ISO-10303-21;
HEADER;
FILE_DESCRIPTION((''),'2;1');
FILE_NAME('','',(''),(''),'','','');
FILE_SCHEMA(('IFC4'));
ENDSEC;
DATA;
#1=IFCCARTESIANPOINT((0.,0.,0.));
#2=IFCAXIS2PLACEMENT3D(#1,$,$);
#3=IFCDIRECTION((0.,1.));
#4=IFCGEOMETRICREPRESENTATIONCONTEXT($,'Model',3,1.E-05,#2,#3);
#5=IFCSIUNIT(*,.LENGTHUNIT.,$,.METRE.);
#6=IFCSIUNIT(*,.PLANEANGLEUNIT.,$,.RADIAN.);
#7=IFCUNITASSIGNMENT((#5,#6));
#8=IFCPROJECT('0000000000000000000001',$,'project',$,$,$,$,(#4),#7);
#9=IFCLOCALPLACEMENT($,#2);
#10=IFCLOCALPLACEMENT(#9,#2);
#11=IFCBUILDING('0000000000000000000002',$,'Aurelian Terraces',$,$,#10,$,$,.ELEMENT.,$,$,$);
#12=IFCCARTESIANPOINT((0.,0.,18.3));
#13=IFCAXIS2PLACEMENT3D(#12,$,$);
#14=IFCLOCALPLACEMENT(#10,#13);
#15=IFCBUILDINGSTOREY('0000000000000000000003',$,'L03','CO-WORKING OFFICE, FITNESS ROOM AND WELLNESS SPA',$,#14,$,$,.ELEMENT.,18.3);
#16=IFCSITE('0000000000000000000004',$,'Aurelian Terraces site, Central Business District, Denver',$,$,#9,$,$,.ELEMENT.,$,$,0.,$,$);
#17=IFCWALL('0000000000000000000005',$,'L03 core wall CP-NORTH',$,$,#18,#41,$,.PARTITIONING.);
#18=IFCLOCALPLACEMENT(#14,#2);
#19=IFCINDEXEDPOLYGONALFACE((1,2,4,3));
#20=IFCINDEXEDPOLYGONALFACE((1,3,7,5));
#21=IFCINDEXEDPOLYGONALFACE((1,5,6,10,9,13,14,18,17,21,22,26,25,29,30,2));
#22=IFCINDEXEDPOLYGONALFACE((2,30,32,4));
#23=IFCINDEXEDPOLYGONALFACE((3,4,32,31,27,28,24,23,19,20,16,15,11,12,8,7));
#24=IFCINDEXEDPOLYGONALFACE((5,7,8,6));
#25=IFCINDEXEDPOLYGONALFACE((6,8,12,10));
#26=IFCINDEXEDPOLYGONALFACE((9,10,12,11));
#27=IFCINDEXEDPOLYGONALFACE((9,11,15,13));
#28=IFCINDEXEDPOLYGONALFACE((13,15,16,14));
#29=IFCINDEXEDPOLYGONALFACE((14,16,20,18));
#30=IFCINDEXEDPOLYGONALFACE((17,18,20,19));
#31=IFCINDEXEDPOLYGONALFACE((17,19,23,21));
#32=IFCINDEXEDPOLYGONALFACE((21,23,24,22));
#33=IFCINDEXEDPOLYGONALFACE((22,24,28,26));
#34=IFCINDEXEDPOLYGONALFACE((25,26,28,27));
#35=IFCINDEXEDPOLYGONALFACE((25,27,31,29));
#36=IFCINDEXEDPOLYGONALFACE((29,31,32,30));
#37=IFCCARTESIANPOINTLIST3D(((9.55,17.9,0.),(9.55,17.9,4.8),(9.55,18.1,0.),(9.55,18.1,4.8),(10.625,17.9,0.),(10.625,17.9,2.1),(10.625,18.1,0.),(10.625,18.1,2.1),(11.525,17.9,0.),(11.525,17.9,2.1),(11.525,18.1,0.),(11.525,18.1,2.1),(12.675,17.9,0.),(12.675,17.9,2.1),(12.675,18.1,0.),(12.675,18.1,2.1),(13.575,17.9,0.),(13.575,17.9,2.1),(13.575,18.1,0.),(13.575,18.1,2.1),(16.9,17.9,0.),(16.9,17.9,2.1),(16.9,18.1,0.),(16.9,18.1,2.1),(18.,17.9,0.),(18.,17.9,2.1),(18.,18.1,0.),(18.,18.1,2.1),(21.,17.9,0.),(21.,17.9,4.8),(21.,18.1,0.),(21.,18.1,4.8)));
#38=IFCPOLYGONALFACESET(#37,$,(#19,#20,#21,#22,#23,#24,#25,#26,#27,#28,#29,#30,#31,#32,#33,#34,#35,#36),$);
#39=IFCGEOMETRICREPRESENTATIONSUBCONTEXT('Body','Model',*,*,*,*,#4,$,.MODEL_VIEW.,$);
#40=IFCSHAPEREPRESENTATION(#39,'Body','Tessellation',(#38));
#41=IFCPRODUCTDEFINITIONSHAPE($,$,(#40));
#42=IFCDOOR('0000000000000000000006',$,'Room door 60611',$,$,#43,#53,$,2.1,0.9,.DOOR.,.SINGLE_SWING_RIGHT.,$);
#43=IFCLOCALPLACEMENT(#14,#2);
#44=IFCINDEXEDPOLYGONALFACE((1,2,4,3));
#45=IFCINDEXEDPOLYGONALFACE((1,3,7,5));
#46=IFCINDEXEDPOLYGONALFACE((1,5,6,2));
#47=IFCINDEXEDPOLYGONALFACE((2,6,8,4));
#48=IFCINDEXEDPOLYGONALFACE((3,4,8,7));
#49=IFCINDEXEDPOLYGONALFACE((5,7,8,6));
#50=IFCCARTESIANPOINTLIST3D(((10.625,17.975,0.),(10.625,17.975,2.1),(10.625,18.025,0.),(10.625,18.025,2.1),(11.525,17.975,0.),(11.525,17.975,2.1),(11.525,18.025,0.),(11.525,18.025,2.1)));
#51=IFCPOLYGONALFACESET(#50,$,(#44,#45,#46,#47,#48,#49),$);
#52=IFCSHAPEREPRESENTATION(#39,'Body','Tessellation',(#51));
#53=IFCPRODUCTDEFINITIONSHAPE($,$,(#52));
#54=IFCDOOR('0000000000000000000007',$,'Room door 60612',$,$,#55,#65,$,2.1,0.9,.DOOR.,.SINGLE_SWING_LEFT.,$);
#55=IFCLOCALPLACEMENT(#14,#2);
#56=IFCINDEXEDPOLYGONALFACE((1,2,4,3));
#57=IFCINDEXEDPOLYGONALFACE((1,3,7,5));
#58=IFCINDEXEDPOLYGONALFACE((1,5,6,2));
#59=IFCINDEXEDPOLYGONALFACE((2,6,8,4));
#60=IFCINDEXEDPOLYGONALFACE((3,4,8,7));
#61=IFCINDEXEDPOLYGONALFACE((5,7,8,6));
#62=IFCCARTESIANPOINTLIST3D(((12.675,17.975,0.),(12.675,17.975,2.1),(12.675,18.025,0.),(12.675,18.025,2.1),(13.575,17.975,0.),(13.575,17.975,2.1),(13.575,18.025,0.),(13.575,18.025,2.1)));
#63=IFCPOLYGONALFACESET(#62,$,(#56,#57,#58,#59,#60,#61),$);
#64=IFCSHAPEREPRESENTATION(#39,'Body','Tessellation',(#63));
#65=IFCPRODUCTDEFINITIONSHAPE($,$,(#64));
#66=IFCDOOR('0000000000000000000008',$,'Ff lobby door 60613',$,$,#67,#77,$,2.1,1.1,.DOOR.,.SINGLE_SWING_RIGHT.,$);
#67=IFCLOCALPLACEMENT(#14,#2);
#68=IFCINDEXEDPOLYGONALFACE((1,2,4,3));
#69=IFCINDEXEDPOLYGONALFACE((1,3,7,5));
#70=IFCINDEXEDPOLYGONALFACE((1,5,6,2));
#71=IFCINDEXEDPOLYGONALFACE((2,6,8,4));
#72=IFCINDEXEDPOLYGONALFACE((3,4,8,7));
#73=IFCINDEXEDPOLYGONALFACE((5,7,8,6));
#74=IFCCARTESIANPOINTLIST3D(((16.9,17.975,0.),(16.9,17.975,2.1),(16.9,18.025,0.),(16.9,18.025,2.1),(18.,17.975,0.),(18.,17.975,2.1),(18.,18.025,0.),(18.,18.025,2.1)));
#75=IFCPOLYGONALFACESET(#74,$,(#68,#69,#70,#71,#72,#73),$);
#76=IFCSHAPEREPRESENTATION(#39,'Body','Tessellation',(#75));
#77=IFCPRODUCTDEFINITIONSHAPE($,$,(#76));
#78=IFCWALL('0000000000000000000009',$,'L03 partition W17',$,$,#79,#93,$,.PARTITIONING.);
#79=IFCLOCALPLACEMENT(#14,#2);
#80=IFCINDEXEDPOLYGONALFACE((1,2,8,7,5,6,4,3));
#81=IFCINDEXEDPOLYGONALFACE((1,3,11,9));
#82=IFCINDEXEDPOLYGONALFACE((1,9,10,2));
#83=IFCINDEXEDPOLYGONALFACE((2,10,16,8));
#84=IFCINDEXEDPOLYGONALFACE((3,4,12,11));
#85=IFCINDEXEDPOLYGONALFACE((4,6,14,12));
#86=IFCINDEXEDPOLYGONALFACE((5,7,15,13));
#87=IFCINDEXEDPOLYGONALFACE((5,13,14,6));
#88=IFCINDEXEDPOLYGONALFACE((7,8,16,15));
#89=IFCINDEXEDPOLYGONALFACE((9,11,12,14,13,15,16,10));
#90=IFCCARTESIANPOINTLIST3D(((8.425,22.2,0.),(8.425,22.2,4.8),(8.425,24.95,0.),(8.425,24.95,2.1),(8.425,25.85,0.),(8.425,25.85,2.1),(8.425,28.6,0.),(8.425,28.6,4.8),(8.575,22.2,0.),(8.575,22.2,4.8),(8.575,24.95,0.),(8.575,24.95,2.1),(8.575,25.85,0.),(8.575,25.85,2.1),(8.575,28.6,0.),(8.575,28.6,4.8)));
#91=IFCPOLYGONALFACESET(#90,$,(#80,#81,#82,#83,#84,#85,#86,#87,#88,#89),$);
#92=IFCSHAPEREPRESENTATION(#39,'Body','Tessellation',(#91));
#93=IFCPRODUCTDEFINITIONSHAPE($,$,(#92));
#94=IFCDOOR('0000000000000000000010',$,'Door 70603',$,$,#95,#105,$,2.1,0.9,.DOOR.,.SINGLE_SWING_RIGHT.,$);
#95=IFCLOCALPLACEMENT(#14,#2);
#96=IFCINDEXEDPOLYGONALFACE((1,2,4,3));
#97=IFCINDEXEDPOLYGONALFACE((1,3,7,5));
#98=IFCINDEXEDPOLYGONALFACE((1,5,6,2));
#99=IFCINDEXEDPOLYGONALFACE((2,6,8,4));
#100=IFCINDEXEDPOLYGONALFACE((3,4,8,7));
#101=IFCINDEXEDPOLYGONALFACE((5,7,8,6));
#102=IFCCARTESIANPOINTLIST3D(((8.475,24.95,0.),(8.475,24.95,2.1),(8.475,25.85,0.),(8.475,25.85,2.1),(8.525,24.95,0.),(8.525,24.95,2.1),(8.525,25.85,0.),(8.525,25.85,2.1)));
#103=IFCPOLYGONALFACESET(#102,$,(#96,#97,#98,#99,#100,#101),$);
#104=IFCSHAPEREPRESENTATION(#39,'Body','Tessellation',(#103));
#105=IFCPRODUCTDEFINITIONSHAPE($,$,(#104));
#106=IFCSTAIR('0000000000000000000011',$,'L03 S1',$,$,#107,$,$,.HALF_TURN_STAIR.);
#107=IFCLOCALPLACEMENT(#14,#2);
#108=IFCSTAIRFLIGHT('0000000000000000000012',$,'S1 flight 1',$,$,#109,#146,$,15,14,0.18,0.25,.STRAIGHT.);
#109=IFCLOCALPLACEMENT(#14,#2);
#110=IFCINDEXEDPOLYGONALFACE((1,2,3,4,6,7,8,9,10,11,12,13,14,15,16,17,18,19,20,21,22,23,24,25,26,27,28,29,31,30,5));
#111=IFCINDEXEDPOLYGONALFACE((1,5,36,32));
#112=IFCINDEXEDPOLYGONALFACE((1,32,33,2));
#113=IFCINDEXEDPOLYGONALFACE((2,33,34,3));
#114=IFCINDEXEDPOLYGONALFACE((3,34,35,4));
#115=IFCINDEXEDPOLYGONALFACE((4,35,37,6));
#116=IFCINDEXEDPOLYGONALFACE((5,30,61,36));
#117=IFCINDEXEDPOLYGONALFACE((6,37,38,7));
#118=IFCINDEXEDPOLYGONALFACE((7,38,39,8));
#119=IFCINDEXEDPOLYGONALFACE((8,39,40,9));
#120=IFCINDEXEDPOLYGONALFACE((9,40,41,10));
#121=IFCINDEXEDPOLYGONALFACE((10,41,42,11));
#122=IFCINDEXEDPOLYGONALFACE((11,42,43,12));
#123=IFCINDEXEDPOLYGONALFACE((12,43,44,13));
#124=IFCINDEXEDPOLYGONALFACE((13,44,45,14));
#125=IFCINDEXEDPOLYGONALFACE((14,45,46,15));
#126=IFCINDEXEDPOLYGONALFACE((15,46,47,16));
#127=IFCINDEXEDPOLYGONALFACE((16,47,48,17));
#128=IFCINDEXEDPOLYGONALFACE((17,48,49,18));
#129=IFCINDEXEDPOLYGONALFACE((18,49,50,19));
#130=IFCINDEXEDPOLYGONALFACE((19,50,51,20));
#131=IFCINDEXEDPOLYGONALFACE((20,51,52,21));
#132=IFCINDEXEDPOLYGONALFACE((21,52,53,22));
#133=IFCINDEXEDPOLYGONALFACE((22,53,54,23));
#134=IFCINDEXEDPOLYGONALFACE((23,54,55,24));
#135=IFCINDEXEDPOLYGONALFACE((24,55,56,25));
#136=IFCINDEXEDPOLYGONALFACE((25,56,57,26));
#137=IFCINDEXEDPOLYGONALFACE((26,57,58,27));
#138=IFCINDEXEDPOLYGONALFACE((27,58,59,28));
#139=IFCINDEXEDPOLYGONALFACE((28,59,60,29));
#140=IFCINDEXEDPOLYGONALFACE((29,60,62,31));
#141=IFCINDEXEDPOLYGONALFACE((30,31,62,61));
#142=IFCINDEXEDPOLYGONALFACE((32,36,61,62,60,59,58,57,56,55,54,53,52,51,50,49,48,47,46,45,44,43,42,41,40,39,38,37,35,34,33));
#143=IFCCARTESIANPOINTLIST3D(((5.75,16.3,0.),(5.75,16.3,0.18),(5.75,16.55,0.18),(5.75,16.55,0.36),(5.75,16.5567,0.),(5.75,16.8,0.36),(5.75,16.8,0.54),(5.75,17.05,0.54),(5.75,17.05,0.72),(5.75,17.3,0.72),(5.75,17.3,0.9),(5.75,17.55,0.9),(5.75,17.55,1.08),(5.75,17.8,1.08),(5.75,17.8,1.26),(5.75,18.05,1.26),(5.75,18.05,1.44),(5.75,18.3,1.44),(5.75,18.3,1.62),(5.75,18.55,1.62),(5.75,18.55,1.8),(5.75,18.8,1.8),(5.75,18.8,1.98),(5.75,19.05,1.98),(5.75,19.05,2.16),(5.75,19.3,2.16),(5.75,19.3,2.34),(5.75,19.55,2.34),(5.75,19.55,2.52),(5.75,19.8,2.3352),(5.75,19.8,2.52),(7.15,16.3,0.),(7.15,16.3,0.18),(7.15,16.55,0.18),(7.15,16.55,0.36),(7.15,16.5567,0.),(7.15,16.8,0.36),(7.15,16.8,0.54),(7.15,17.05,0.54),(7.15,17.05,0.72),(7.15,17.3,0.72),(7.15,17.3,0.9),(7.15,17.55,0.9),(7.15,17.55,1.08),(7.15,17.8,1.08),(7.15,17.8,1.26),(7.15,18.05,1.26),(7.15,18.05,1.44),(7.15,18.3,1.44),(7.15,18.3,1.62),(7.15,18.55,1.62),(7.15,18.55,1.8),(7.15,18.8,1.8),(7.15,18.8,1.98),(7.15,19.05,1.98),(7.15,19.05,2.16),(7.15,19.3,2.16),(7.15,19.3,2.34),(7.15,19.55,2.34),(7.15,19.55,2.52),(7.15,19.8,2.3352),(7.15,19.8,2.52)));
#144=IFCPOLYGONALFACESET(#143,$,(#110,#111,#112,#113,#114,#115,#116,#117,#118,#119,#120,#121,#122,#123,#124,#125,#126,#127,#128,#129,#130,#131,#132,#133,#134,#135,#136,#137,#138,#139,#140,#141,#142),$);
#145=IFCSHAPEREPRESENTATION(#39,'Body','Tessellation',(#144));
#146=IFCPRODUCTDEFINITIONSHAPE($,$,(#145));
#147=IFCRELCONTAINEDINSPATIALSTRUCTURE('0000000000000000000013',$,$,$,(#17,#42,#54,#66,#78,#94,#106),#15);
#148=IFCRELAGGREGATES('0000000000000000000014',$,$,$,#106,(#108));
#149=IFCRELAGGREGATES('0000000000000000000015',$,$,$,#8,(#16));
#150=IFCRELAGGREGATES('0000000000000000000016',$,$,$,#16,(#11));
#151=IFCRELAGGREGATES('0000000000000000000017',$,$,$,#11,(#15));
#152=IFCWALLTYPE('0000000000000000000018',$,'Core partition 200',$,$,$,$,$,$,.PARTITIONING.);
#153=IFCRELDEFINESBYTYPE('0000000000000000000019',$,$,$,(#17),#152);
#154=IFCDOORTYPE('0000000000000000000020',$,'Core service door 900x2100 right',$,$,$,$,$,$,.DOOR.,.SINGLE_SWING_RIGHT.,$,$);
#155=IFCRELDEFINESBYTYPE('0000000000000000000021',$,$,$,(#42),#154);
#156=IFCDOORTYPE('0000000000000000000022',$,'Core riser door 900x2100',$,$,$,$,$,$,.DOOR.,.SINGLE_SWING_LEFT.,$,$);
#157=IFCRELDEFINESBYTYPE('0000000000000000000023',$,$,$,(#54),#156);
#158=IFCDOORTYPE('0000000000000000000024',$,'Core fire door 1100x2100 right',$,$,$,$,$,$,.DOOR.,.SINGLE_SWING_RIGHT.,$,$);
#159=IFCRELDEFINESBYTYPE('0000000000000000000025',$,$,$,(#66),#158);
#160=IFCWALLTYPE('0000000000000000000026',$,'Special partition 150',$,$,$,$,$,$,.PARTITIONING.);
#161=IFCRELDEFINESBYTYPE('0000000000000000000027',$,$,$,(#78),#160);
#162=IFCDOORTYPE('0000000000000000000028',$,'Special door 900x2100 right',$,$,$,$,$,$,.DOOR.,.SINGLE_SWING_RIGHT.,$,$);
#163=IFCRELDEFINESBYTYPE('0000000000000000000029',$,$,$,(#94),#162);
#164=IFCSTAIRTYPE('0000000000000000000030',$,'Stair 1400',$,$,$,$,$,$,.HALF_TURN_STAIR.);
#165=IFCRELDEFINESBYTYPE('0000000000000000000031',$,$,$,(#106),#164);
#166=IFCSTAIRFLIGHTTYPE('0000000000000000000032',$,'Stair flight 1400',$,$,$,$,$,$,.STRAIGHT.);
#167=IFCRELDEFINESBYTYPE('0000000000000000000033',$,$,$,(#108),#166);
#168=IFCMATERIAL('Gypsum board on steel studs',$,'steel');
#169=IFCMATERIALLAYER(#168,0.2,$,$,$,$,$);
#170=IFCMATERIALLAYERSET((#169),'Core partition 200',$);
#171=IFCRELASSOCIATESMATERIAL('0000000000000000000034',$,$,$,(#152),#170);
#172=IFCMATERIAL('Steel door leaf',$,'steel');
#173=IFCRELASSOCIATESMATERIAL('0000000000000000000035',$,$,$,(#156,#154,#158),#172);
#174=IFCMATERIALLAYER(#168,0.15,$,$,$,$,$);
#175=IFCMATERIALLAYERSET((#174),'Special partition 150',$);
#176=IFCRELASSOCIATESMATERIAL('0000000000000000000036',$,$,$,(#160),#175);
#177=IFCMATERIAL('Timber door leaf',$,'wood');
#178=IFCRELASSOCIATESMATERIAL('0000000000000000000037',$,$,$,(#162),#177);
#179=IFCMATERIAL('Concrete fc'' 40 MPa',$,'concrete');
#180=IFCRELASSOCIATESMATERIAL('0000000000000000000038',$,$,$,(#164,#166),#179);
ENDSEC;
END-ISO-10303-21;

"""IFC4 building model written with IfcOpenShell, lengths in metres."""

from ifc_helpers import new_model, si_unit, direction, frame, frame_2d, origin, place, context, subcontext, project, spatial, polyline, rectangle, outline, extrude, source, transform, mapped, material, layer, layer_set, type_object, element, fill, aggregate, save


model = new_model("IFC4")

# Units and contexts
model_context = context("Model", 3, precision=1e-05, world=origin(), true_north=direction((0.0, 1.0)))
body_context = subcontext(model_context, "Body", "Model", "MODEL_VIEW")
ifc_project = project(units=[si_unit("LENGTHUNIT", "METRE"), si_unit("PLANEANGLEUNIT", "RADIAN")], contexts=[model_context])

# Site, building, storey
site_placement = place(None, origin())
site = spatial("IfcSite", under=ifc_project, at=site_placement, Name="Aurelian Terraces site, Central Business District, Denver", CompositionType="ELEMENT", RefElevation=0.0)
building_placement = place(site_placement, origin())
building = spatial("IfcBuilding", under=site, at=building_placement, Name="Aurelian Terraces", CompositionType="ELEMENT")
storey_placement = place(building_placement, frame((0.0, 0.0, 18.3)))
storey = spatial("IfcBuildingStorey", under=building, at=storey_placement, Name="L03", Description="CO-WORKING OFFICE, FITNESS ROOM AND WELLNESS SPA", CompositionType="ELEMENT", Elevation=18.3)

# Shared definitions
ifc_material_1 = material(Name="Steel door leaf", Category="steel")

# Shared definitions
ifc_material_2 = material(Name="Concrete fc' 40 MPa", Category="concrete")

# Shared definitions
ifc_material_3 = material(Name="Gypsum board on steel studs", Category="steel")
ifc_layer_1 = layer(ifc_material_3, 0.2)
ifc_layer_set_1 = layer_set([ifc_layer_1], Name="Core partition 200")
wall_type_1 = type_object("IfcWallType", Name="Core partition 200", PredefinedType="PARTITIONING", material=ifc_layer_set_1)
shared_shape_1 = source(origin(), body_context, "Body", "SweptSolid", [
    extrude(rectangle(XDim=0.9, YDim=2.1, at=frame_2d((0.45, 1.05))), frame((0.0, 0.11, 0.0), z_axis=(0.0, -1.0, 0.0), x_axis=(1.0, 0.0, 0.0)), (0.0, 0.0, 1.0), 0.22),
])
door_type_1 = type_object("IfcDoorType", Name="Core riser door 900x2100", OperationType="SINGLE_SWING_LEFT", PredefinedType="DOOR", material=ifc_material_1)
shared_shape_2 = source(origin(), body_context, "Body", "SweptSolid", [
    extrude(rectangle(XDim=0.9, YDim=2.1, at=frame_2d((0.45, 1.05))), frame((0.0, 0.025, 0.0), z_axis=(0.0, -1.0, 0.0), x_axis=(1.0, 0.0, 0.0)), (0.0, 0.0, 1.0), 0.05),
])

# Shared definitions
shared_shape_3 = source(origin(), body_context, "Body", "SweptSolid", [
    extrude(rectangle(XDim=1.1, YDim=2.1, at=frame_2d((0.55, 1.05))), frame((0.0, 0.025, 0.0), z_axis=(0.0, -1.0, 0.0), x_axis=(1.0, 0.0, 0.0)), (0.0, 0.0, 1.0), 0.05),
])

# Wall, openings, doors
shared_shape_4 = source(origin(), body_context, "Body", "SweptSolid", [
    extrude(rectangle(XDim=11.45, YDim=0.2, at=frame_2d((5.725, 0.0))), origin(), (0.0, 0.0, 1.0), 4.8),
])
wall_1_placement = place(storey_placement, frame((9.55, 18.0, 0.0), z_axis=(0.0, 0.0, 1.0), x_axis=(1.0, 0.0, 0.0)))
wall_1 = element("IfcWall", 1, at=wall_1_placement, inside=storey, type_object=wall_type_1, Name="L03 core wall CP-NORTH", PredefinedType="PARTITIONING", context=body_context, shape_type="MappedRepresentation", body=[
    mapped(shared_shape_4, transform((0.0, 0.0, 0.0), scale=1.0)),
])
opening_1_placement = place(wall_1_placement, frame((1.075, 0.0, 0.0)))
opening_1 = element("IfcOpeningElement", 2, at=opening_1_placement, cuts=wall_1, PredefinedType="OPENING", context=body_context, shape_type="MappedRepresentation", body=[
    mapped(shared_shape_1, transform((0.0, 0.0, 0.0), scale=1.0)),
])
opening_2_placement = place(wall_1_placement, frame((3.125, 0.0, 0.0)))
opening_2 = element("IfcOpeningElement", 3, at=opening_2_placement, cuts=wall_1, PredefinedType="OPENING", context=body_context, shape_type="MappedRepresentation", body=[
    mapped(shared_shape_1, transform((0.0, 0.0, 0.0), scale=1.0)),
])
shared_shape_5 = source(origin(), body_context, "Body", "SweptSolid", [
    extrude(rectangle(XDim=1.1, YDim=2.1, at=frame_2d((0.55, 1.05))), frame((0.0, 0.11, 0.0), z_axis=(0.0, -1.0, 0.0), x_axis=(1.0, 0.0, 0.0)), (0.0, 0.0, 1.0), 0.22),
])
opening_3_placement = place(wall_1_placement, frame((7.35, 0.0, 0.0)))
opening_3 = element("IfcOpeningElement", 4, at=opening_3_placement, cuts=wall_1, PredefinedType="OPENING", context=body_context, shape_type="MappedRepresentation", body=[
    mapped(shared_shape_5, transform((0.0, 0.0, 0.0), scale=1.0)),
])
door_type_2 = type_object("IfcDoorType", Name="Core service door 900x2100 right", OperationType="SINGLE_SWING_RIGHT", PredefinedType="DOOR", material=ifc_material_1)
door_1_placement = place(opening_1_placement, origin())
door_1 = element("IfcDoor", 5, at=door_1_placement, inside=storey, type_object=door_type_2, Name="Room door 60611", OperationType="SINGLE_SWING_RIGHT", OverallHeight=2.1, OverallWidth=0.9, PredefinedType="DOOR", context=body_context, shape_type="MappedRepresentation", body=[
    mapped(shared_shape_2, transform((0.0, 0.0, 0.0), scale=1.0)),
])
fill(opening_1, door_1)
door_2_placement = place(opening_2_placement, origin())
door_2 = element("IfcDoor", 6, at=door_2_placement, inside=storey, type_object=door_type_1, Name="Room door 60612", OperationType="SINGLE_SWING_LEFT", OverallHeight=2.1, OverallWidth=0.9, PredefinedType="DOOR", context=body_context, shape_type="MappedRepresentation", body=[
    mapped(shared_shape_2, transform((0.0, 0.0, 0.0), scale=1.0)),
])
fill(opening_2, door_2)
door_type_3 = type_object("IfcDoorType", Name="Core fire door 1100x2100 right", OperationType="SINGLE_SWING_RIGHT", PredefinedType="DOOR", material=ifc_material_1)
door_3_placement = place(opening_3_placement, origin())
door_3 = element("IfcDoor", 7, at=door_3_placement, inside=storey, type_object=door_type_3, Name="Ff lobby door 60613", OperationType="SINGLE_SWING_RIGHT", OverallHeight=2.1, OverallWidth=1.1, PredefinedType="DOOR", context=body_context, shape_type="MappedRepresentation", body=[
    mapped(shared_shape_3, transform((0.0, 0.0, 0.0), scale=1.0)),
])
fill(opening_3, door_3)

# Wall, opening, door
ifc_layer_2 = layer(ifc_material_3, 0.15)
ifc_layer_set_2 = layer_set([ifc_layer_2], Name="Special partition 150")
wall_type_2 = type_object("IfcWallType", Name="Special partition 150", PredefinedType="PARTITIONING", material=ifc_layer_set_2)
shared_shape_6 = source(origin(), body_context, "Body", "SweptSolid", [
    extrude(rectangle(XDim=6.4, YDim=0.15, at=frame_2d((3.2, 0.0))), origin(), (0.0, 0.0, 1.0), 4.8),
])
wall_2_placement = place(storey_placement, frame((8.5, 22.2, 0.0), z_axis=(0.0, 0.0, 1.0), x_axis=(0.0, 1.0, 0.0)))
wall_2 = element("IfcWall", 8, at=wall_2_placement, inside=storey, type_object=wall_type_2, Name="L03 partition W17", PredefinedType="PARTITIONING", context=body_context, shape_type="MappedRepresentation", body=[
    mapped(shared_shape_6, transform((0.0, 0.0, 0.0), scale=1.0)),
])
shared_shape_7 = source(origin(), body_context, "Body", "SweptSolid", [
    extrude(rectangle(XDim=0.9, YDim=2.1, at=frame_2d((0.45, 1.05))), frame((0.0, 0.085, 0.0), z_axis=(0.0, -1.0, 0.0), x_axis=(1.0, 0.0, 0.0)), (0.0, 0.0, 1.0), 0.17),
])
opening_4_placement = place(wall_2_placement, frame((2.75, 0.0, 0.0)))
opening_4 = element("IfcOpeningElement", 9, at=opening_4_placement, cuts=wall_2, PredefinedType="OPENING", context=body_context, shape_type="MappedRepresentation", body=[
    mapped(shared_shape_7, transform((0.0, 0.0, 0.0), scale=1.0)),
])
ifc_material_4 = material(Name="Timber door leaf", Category="wood")
door_type_4 = type_object("IfcDoorType", Name="Special door 900x2100 right", OperationType="SINGLE_SWING_RIGHT", PredefinedType="DOOR", material=ifc_material_4)
door_4_placement = place(opening_4_placement, origin())
door_4 = element("IfcDoor", 10, at=door_4_placement, inside=storey, type_object=door_type_4, Name="Door 70603", OperationType="SINGLE_SWING_RIGHT", OverallHeight=2.1, OverallWidth=0.9, PredefinedType="DOOR", context=body_context, shape_type="MappedRepresentation", body=[
    mapped(shared_shape_2, transform((0.0, 0.0, 0.0), scale=1.0)),
])
fill(opening_4, door_4)

# Stair, stair flight
stair_type = type_object("IfcStairType", Name="Stair 1400", PredefinedType="HALF_TURN_STAIR", material=ifc_material_2)
stair_placement = place(storey_placement, origin())
stair = element("IfcStair", 11, at=stair_placement, inside=storey, type_object=stair_type, Name="L03 S1", PredefinedType="HALF_TURN_STAIR")
stair_flight_type = type_object("IfcStairFlightType", Name="Stair flight 1400", PredefinedType="STRAIGHT", material=ifc_material_2)
shared_shape_8 = source(origin(), body_context, "Body", "SweptSolid", [
    extrude(outline(polyline([(0.0, 0.0), (0.0, 0.18), (0.25, 0.18), (0.25, 0.36), (0.5, 0.36), (0.5, 0.54), (0.75, 0.54), (0.75, 0.72), (1.0, 0.72), (1.0, 0.9), (1.25, 0.9), (1.25, 1.08), (1.5, 1.08), (1.5, 1.26), (1.75, 1.26), (1.75, 1.44), (2.0, 1.44), (2.0, 1.62), (2.25, 1.62), (2.25, 1.8), (2.5, 1.8), (2.5, 1.98), (2.75, 1.98), (2.75, 2.16), (3.0, 2.16), (3.0, 2.34), (3.25, 2.34), (3.25, 2.52), (3.5, 2.52), (3.5, 2.7), (3.5, 2.3352), (0.2567, 0.0), (0.0, 0.0)])), frame((0.0, 0.7, 0.0), z_axis=(0.0, -1.0, 0.0), x_axis=(1.0, 0.0, 0.0)), (0.0, 0.0, 1.0), 1.4),
])
stair_flight_1_placement = place(storey_placement, frame((6.45, 16.3, 0.0), z_axis=(0.0, 0.0, 1.0), x_axis=(0.0, 1.0, 0.0)))
stair_flight_1 = element("IfcStairFlight", 12, at=stair_flight_1_placement, type_object=stair_flight_type, Name="S1 flight 1", NumberOfRisers=15, NumberOfTreads=14, PredefinedType="STRAIGHT", RiserHeight=0.18, TreadLength=0.25, context=body_context, shape_type="MappedRepresentation", body=[
    mapped(shared_shape_8, transform((0.0, 0.0, 0.0), scale=1.0)),
])
aggregate(stair, [stair_flight_1])

save(model, "model.ifc")
